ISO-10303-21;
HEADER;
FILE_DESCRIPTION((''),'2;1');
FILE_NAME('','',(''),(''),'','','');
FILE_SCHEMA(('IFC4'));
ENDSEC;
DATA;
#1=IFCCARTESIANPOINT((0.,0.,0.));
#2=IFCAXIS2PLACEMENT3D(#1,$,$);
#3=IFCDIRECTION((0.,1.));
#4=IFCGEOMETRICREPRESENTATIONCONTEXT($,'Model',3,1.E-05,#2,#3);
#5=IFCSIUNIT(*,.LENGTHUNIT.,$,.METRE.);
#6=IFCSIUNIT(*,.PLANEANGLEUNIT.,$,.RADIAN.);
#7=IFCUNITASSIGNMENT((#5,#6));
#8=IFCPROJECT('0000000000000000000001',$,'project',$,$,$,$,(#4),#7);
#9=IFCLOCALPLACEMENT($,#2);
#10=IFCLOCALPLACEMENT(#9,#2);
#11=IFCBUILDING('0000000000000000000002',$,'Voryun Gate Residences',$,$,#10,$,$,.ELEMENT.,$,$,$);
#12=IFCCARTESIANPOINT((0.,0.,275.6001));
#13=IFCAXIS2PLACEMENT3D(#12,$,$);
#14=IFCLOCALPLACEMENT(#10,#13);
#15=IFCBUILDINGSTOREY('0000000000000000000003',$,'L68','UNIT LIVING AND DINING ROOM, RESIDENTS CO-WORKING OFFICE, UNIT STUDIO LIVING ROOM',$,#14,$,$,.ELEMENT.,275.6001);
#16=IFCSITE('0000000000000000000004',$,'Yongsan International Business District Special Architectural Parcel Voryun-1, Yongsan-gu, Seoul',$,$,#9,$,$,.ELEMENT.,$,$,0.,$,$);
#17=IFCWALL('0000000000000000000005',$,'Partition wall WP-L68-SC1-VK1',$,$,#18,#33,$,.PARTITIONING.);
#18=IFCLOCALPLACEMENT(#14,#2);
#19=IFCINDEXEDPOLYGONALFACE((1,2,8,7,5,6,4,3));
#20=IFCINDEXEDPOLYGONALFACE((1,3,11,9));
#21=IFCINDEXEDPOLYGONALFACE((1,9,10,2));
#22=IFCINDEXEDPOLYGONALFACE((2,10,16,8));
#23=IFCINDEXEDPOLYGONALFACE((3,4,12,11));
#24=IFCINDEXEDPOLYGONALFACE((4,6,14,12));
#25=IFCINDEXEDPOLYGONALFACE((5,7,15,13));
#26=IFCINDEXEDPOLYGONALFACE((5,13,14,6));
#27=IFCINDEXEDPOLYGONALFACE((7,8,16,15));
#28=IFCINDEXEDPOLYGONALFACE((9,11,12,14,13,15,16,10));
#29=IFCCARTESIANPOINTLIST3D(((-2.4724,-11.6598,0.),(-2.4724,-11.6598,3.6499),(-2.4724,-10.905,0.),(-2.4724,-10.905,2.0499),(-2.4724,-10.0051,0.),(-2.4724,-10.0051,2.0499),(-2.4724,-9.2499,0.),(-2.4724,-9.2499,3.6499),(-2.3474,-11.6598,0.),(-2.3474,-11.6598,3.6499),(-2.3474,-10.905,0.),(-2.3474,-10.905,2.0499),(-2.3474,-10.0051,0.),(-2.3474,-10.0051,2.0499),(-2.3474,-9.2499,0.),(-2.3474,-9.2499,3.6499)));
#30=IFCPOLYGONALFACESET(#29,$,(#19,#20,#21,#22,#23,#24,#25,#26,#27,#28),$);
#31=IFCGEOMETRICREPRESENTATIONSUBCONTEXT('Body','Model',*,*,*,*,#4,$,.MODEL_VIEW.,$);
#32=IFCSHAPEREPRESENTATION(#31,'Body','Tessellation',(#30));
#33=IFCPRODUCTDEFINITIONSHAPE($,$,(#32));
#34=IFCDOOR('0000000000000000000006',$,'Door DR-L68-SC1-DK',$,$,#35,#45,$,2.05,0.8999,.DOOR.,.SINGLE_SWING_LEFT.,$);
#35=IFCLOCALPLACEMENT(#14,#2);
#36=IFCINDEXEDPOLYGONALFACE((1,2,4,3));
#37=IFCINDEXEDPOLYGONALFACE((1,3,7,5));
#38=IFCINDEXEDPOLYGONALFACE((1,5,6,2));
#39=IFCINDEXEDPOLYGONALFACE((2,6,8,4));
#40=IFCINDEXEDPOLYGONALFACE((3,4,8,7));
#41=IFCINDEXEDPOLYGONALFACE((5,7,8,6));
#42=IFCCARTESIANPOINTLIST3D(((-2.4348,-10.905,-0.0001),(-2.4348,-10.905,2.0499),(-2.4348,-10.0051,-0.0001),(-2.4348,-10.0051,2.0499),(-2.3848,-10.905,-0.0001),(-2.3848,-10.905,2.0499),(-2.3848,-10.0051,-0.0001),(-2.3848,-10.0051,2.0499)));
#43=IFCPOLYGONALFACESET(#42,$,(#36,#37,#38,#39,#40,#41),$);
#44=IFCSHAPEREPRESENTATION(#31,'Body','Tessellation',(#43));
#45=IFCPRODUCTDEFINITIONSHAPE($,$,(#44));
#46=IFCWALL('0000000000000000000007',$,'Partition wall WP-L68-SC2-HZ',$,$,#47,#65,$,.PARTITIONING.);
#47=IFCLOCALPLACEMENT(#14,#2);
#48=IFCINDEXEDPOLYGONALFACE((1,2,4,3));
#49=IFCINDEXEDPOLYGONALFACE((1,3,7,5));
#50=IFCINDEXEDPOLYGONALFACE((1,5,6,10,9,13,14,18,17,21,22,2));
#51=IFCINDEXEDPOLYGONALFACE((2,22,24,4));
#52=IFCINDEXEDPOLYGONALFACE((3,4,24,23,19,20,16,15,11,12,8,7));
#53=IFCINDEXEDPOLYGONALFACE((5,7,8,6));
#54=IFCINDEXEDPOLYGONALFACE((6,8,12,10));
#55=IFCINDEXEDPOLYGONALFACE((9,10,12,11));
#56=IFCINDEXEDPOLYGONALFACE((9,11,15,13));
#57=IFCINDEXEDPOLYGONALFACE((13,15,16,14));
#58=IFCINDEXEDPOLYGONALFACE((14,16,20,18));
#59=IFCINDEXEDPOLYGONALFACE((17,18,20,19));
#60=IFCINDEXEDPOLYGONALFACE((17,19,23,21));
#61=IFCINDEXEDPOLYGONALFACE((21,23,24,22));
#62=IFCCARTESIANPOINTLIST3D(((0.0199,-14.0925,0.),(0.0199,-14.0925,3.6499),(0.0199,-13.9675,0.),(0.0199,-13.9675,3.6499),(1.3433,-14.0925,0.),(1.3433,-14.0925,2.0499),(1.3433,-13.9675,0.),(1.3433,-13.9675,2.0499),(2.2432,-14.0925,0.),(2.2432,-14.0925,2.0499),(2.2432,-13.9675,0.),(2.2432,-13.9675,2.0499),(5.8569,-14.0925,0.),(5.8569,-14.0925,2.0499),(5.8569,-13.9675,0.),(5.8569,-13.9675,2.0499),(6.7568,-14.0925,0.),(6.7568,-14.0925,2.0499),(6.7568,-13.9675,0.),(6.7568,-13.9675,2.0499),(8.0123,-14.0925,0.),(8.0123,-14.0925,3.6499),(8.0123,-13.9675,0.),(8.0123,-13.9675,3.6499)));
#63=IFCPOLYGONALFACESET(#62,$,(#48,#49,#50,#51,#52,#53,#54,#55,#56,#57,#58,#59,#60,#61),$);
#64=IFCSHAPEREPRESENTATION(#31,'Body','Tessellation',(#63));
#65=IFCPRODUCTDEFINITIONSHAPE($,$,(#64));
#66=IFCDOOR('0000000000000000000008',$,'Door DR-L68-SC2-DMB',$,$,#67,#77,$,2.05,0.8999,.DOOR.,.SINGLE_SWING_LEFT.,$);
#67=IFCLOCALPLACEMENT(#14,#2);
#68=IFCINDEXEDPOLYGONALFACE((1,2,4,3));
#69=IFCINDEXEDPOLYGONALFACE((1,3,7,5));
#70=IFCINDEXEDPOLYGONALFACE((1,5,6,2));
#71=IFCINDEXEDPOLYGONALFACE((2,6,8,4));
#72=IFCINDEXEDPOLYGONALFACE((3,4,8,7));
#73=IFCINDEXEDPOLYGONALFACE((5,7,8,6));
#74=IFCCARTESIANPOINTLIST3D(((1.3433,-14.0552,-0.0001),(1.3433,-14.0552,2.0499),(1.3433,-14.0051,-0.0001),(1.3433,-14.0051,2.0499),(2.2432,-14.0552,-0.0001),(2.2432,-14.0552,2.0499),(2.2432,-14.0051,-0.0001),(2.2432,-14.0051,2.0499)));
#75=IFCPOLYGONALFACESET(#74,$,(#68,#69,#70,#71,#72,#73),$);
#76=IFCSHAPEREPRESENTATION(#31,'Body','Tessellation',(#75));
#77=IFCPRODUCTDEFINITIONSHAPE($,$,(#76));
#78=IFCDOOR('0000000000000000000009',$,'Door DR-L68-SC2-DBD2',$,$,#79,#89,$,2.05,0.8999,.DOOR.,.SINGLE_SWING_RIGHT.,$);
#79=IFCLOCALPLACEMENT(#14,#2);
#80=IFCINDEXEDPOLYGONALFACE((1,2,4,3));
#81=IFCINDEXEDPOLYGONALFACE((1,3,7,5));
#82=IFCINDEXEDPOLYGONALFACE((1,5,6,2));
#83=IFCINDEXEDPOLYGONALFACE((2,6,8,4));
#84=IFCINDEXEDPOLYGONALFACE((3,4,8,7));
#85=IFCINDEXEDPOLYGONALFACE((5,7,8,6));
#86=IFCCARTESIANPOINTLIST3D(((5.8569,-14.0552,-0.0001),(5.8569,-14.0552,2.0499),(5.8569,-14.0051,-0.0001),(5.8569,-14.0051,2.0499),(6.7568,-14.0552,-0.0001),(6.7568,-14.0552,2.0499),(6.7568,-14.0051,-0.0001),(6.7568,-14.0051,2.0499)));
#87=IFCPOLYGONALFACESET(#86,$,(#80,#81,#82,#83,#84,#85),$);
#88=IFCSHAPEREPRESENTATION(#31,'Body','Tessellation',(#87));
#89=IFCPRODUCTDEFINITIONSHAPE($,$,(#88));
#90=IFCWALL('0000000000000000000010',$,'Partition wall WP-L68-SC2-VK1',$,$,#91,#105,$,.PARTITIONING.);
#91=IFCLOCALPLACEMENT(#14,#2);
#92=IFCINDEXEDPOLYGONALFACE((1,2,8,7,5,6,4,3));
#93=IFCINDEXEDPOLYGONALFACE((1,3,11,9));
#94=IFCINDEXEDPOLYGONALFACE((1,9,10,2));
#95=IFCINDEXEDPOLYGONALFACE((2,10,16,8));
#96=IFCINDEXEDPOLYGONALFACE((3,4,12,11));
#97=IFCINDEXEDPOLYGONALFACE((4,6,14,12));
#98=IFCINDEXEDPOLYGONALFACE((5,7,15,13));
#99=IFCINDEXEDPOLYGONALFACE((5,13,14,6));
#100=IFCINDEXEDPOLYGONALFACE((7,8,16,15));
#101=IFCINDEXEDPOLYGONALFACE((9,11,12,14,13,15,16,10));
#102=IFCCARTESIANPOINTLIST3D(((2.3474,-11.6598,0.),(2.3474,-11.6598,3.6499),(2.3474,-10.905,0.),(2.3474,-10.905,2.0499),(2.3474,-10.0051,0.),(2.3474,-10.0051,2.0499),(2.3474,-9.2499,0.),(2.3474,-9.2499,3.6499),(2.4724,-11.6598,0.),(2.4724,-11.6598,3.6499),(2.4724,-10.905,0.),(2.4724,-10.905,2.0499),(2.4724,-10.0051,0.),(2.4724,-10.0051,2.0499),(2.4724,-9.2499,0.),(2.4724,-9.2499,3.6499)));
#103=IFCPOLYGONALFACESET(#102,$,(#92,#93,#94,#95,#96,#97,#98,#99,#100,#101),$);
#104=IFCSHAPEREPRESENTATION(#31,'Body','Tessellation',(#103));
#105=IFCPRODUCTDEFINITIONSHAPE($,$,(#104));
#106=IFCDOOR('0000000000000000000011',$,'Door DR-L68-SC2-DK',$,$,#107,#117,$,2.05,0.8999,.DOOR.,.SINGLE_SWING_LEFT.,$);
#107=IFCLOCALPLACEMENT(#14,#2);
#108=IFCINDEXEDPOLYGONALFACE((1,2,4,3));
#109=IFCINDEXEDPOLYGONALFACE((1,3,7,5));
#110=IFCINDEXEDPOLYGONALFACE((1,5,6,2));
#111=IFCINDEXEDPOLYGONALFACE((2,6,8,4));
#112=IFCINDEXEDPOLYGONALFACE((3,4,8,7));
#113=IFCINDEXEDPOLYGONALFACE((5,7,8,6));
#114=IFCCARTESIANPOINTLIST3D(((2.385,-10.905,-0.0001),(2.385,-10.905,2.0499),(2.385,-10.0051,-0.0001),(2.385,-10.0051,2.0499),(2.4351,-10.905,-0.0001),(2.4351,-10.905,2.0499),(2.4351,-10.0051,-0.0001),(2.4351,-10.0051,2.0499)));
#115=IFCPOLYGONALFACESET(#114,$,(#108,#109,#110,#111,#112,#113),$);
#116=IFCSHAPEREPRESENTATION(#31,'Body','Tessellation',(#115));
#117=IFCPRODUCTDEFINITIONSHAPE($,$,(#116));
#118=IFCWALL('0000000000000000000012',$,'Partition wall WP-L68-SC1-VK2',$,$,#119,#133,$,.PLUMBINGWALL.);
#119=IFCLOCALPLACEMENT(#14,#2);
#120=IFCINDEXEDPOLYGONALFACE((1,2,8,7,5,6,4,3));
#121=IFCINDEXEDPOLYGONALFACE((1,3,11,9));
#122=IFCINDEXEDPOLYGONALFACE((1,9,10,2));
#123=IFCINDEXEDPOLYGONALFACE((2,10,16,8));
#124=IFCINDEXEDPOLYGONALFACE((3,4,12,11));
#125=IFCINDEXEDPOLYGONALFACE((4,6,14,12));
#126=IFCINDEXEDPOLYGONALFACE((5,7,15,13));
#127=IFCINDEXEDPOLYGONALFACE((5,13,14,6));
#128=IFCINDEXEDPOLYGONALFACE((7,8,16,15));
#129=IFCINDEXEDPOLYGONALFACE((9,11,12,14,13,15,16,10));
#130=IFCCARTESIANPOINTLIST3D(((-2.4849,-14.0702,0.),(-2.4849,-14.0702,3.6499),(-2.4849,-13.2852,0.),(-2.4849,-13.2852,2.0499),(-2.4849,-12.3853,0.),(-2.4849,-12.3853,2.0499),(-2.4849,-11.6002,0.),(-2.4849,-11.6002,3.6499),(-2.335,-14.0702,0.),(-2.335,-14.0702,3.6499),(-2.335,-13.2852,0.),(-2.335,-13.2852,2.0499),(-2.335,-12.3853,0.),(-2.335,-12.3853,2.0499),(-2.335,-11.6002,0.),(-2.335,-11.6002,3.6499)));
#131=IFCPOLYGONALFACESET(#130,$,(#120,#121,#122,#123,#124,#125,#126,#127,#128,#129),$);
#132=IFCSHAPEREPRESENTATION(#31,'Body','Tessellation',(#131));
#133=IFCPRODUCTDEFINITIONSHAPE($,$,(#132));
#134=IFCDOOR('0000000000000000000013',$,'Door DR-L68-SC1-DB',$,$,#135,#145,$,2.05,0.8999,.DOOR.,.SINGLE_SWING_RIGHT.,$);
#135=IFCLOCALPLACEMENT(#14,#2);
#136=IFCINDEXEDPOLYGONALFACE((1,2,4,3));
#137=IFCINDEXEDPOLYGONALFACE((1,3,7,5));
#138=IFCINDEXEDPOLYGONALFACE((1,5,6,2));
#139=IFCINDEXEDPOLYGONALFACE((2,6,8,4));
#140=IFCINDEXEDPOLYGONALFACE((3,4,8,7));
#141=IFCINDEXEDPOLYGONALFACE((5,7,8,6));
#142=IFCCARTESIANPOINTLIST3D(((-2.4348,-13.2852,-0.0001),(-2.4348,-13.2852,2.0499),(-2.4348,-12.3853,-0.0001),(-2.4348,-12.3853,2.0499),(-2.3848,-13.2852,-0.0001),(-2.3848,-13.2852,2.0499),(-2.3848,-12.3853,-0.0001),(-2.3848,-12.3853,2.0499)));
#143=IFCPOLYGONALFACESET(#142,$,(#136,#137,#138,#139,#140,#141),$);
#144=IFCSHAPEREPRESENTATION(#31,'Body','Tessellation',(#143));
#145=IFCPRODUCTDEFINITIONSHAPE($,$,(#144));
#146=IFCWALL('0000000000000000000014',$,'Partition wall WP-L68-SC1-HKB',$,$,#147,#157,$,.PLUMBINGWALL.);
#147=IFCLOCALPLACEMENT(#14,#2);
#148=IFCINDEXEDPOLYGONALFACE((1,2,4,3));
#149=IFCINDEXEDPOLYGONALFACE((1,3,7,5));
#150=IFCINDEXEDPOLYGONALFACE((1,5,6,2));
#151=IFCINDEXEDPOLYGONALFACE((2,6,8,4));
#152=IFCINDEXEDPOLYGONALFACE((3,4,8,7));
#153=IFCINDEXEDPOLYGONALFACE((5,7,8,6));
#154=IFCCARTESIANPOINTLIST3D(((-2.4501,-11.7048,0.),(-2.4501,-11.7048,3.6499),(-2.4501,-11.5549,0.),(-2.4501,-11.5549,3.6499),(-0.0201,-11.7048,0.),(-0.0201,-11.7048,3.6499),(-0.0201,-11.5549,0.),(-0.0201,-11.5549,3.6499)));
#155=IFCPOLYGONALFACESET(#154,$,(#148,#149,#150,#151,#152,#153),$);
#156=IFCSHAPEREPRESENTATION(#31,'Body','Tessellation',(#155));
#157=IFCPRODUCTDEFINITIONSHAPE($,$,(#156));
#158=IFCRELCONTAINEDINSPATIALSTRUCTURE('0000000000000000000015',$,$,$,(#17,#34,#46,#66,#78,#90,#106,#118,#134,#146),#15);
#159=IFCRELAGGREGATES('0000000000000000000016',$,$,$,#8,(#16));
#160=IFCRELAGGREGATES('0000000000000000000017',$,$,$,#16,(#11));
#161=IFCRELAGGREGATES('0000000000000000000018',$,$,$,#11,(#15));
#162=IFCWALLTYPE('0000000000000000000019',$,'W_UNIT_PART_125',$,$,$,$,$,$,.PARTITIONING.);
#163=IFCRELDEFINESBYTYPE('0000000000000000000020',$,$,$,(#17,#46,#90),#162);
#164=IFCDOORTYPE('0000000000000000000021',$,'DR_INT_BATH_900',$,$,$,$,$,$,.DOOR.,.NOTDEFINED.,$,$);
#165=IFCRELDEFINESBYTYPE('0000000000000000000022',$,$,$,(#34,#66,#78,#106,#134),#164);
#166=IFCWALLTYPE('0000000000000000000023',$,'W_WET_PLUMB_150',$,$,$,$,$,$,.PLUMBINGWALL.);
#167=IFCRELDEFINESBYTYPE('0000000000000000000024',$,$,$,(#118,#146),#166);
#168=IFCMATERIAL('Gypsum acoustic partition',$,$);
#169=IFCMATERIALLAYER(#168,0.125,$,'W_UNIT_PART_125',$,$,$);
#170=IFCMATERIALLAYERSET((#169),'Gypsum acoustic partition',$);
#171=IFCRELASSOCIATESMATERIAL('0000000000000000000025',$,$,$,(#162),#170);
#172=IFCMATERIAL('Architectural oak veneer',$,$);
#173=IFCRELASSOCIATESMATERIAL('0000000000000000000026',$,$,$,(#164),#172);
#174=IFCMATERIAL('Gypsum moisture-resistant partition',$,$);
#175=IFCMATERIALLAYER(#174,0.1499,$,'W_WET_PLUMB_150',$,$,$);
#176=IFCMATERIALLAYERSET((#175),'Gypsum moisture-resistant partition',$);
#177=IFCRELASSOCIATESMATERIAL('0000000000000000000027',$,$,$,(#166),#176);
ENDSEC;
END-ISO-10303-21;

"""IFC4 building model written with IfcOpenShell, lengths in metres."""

from ifc_helpers import new_model, si_unit, direction, frame, frame_2d, origin, place, context, subcontext, project, spatial, rectangle, extrude, material, layer, layer_set, type_object, element, fill, save


model = new_model("IFC4")

# Units and contexts
model_context = context("Model", 3, precision=1e-05, world=origin(), true_north=direction((0.0, 1.0)))
body_context = subcontext(model_context, "Body", "Model", "MODEL_VIEW")
ifc_project = project(units=[si_unit("LENGTHUNIT", "METRE"), si_unit("PLANEANGLEUNIT", "RADIAN")], contexts=[model_context])

# Site, building, storey
site_placement = place(None, origin())
site = spatial("IfcSite", under=ifc_project, at=site_placement, Name="Yongsan International Business District Special Architectural Parcel Voryun-1, Yongsan-gu, Seoul", CompositionType="ELEMENT", RefElevation=0.0)
building_placement = place(site_placement, origin())
building = spatial("IfcBuilding", under=site, at=building_placement, Name="Voryun Gate Residences", CompositionType="ELEMENT")
storey_placement = place(building_placement, frame((0.0, 0.0, 275.6001)))
storey = spatial("IfcBuildingStorey", under=building, at=storey_placement, Name="L68", Description="UNIT LIVING AND DINING ROOM, RESIDENTS CO-WORKING OFFICE, UNIT STUDIO LIVING ROOM", CompositionType="ELEMENT", Elevation=275.6001)

# Wall, opening, door
ifc_material_1 = material(Name="Gypsum acoustic partition")
ifc_layer_1 = layer(ifc_material_1, 0.125, Name="W_UNIT_PART_125")
ifc_layer_set_1 = layer_set([ifc_layer_1], Name="Gypsum acoustic partition")
wall_type_1 = type_object("IfcWallType", Name="W_UNIT_PART_125", PredefinedType="PARTITIONING", material=ifc_layer_set_1)
wall_1_placement = place(storey_placement, frame((-2.4099, -11.6599, 0.0), z_axis=(0.0, 0.0, 1.0), x_axis=(0.0, 1.0, 0.0)))
wall_1 = element("IfcWall", 1, at=wall_1_placement, inside=storey, type_object=wall_type_1, Name="Partition wall WP-L68-SC1-VK1", PredefinedType="PARTITIONING", context=body_context, shape_type="SweptSolid", body=[
    extrude(rectangle(XDim=2.4099, YDim=0.125, at=frame_2d((1.2051, 0.0))), origin(), (0.0, 0.0, 1.0), 3.6499),
])
opening_1_placement = place(wall_1_placement, frame((0.7549, 0.0, 0.0)))
opening_1 = element("IfcOpeningElement", 2, at=opening_1_placement, cuts=wall_1, PredefinedType="OPENING", context=body_context, shape_type="SweptSolid", body=[
    extrude(rectangle(XDim=0.8999, YDim=2.05, at=frame_2d((0.45, 1.0249))), frame((0.0, 0.0725, 0.0), z_axis=(0.0, -1.0, 0.0), x_axis=(1.0, 0.0, 0.0)), (0.0, 0.0, 1.0), 0.145),
])
ifc_material_2 = material(Name="Architectural oak veneer")
door_type_1 = type_object("IfcDoorType", Name="DR_INT_BATH_900", OperationType="NOTDEFINED", PredefinedType="DOOR", material=ifc_material_2)
door_1_placement = place(opening_1_placement, origin())
door_1 = element("IfcDoor", 3, at=door_1_placement, inside=storey, type_object=door_type_1, Name="Door DR-L68-SC1-DK", OperationType="SINGLE_SWING_LEFT", OverallHeight=2.05, OverallWidth=0.8999, PredefinedType="DOOR", context=body_context, shape_type="SweptSolid", body=[
    extrude(rectangle(XDim=0.8999, YDim=2.05, at=frame_2d((0.45, 1.0249))), frame((0.0, 0.0249, 0.0), z_axis=(0.0, -1.0, 0.0), x_axis=(1.0, 0.0, 0.0)), (0.0, 0.0, 1.0), 0.05),
])
fill(opening_1, door_1)

# Wall, openings, doors
wall_2_placement = place(storey_placement, frame((0.02, -14.03, 0.0), z_axis=(0.0, 0.0, 1.0), x_axis=(1.0, 0.0, 0.0)))
wall_2 = element("IfcWall", 4, at=wall_2_placement, inside=storey, type_object=wall_type_1, Name="Partition wall WP-L68-SC2-HZ", PredefinedType="PARTITIONING", context=body_context, shape_type="SweptSolid", body=[
    extrude(rectangle(XDim=7.9924, YDim=0.125, at=frame_2d((3.9961, 0.0))), origin(), (0.0, 0.0, 1.0), 3.6499),
])
opening_2_placement = place(wall_2_placement, frame((1.3232, 0.0, 0.0)))
opening_2 = element("IfcOpeningElement", 5, at=opening_2_placement, cuts=wall_2, PredefinedType="OPENING", context=body_context, shape_type="SweptSolid", body=[
    extrude(rectangle(XDim=0.8999, YDim=2.05, at=frame_2d((0.45, 1.0249))), frame((0.0, 0.0725, 0.0), z_axis=(0.0, -1.0, 0.0), x_axis=(1.0, 0.0, 0.0)), (0.0, 0.0, 1.0), 0.145),
])
opening_3_placement = place(wall_2_placement, frame((5.8369, 0.0, 0.0)))
opening_3 = element("IfcOpeningElement", 6, at=opening_3_placement, cuts=wall_2, PredefinedType="OPENING", context=body_context, shape_type="SweptSolid", body=[
    extrude(rectangle(XDim=0.8999, YDim=2.05, at=frame_2d((0.45, 1.0249))), frame((0.0, 0.0725, 0.0), z_axis=(0.0, -1.0, 0.0), x_axis=(1.0, 0.0, 0.0)), (0.0, 0.0, 1.0), 0.145),
])
door_2_placement = place(opening_2_placement, origin())
door_2 = element("IfcDoor", 7, at=door_2_placement, inside=storey, type_object=door_type_1, Name="Door DR-L68-SC2-DMB", OperationType="SINGLE_SWING_LEFT", OverallHeight=2.05, OverallWidth=0.8999, PredefinedType="DOOR", context=body_context, shape_type="SweptSolid", body=[
    extrude(rectangle(XDim=0.8999, YDim=2.05, at=frame_2d((0.45, 1.0249))), frame((0.0, 0.0249, 0.0), z_axis=(0.0, -1.0, 0.0), x_axis=(1.0, 0.0, 0.0)), (0.0, 0.0, 1.0), 0.05),
])
fill(opening_2, door_2)
door_3_placement = place(opening_3_placement, origin())
door_3 = element("IfcDoor", 8, at=door_3_placement, inside=storey, type_object=door_type_1, Name="Door DR-L68-SC2-DBD2", OperationType="SINGLE_SWING_RIGHT", OverallHeight=2.05, OverallWidth=0.8999, PredefinedType="DOOR", context=body_context, shape_type="SweptSolid", body=[
    extrude(rectangle(XDim=0.8999, YDim=2.05, at=frame_2d((0.45, 1.0249))), frame((0.0, 0.0249, 0.0), z_axis=(0.0, -1.0, 0.0), x_axis=(1.0, 0.0, 0.0)), (0.0, 0.0, 1.0), 0.05),
])
fill(opening_3, door_3)

# Walls, openings, doors
wall_3_placement = place(storey_placement, frame((2.4099, -11.6599, 0.0), z_axis=(0.0, 0.0, 1.0), x_axis=(0.0, 1.0, 0.0)))
wall_3 = element("IfcWall", 9, at=wall_3_placement, inside=storey, type_object=wall_type_1, Name="Partition wall WP-L68-SC2-VK1", PredefinedType="PARTITIONING", context=body_context, shape_type="SweptSolid", body=[
    extrude(rectangle(XDim=2.4099, YDim=0.125, at=frame_2d((1.2051, 0.0))), origin(), (0.0, 0.0, 1.0), 3.6499),
])
opening_4_placement = place(wall_3_placement, frame((0.7549, 0.0, 0.0)))
opening_4 = element("IfcOpeningElement", 10, at=opening_4_placement, cuts=wall_3, PredefinedType="OPENING", context=body_context, shape_type="SweptSolid", body=[
    extrude(rectangle(XDim=0.8999, YDim=2.05, at=frame_2d((0.45, 1.0249))), frame((0.0, 0.0725, 0.0), z_axis=(0.0, -1.0, 0.0), x_axis=(1.0, 0.0, 0.0)), (0.0, 0.0, 1.0), 0.145),
])
door_4_placement = place(opening_4_placement, origin())
door_4 = element("IfcDoor", 11, at=door_4_placement, inside=storey, type_object=door_type_1, Name="Door DR-L68-SC2-DK", OperationType="SINGLE_SWING_LEFT", OverallHeight=2.05, OverallWidth=0.8999, PredefinedType="DOOR", context=body_context, shape_type="SweptSolid", body=[
    extrude(rectangle(XDim=0.8999, YDim=2.05, at=frame_2d((0.45, 1.0249))), frame((0.0, 0.0249, 0.0), z_axis=(0.0, -1.0, 0.0), x_axis=(1.0, 0.0, 0.0)), (0.0, 0.0, 1.0), 0.05),
])
fill(opening_4, door_4)
ifc_material_3 = material(Name="Gypsum moisture-resistant partition")
ifc_layer_2 = layer(ifc_material_3, 0.1499, Name="W_WET_PLUMB_150")
ifc_layer_set_2 = layer_set([ifc_layer_2], Name="Gypsum moisture-resistant partition")
wall_type_2 = type_object("IfcWallType", Name="W_WET_PLUMB_150", PredefinedType="PLUMBINGWALL", material=ifc_layer_set_2)
wall_4_placement = place(storey_placement, frame((-2.4099, -14.0701, 0.0), z_axis=(0.0, 0.0, 1.0), x_axis=(0.0, 1.0, 0.0)))
wall_4 = element("IfcWall", 12, at=wall_4_placement, inside=storey, type_object=wall_type_2, Name="Partition wall WP-L68-SC1-VK2", PredefinedType="PLUMBINGWALL", context=body_context, shape_type="SweptSolid", body=[
    extrude(rectangle(XDim=2.47, YDim=0.1499, at=frame_2d((1.2349, 0.0))), origin(), (0.0, 0.0, 1.0), 3.6499),
])
opening_5_placement = place(wall_4_placement, frame((0.7849, 0.0, 0.0)))
opening_5 = element("IfcOpeningElement", 13, at=opening_5_placement, cuts=wall_4, PredefinedType="OPENING", context=body_context, shape_type="SweptSolid", body=[
    extrude(rectangle(XDim=0.8999, YDim=2.05, at=frame_2d((0.45, 1.0249))), frame((0.0, 0.085, 0.0), z_axis=(0.0, -1.0, 0.0), x_axis=(1.0, 0.0, 0.0)), (0.0, 0.0, 1.0), 0.1699),
])
door_5_placement = place(opening_5_placement, origin())
door_5 = element("IfcDoor", 14, at=door_5_placement, inside=storey, type_object=door_type_1, Name="Door DR-L68-SC1-DB", OperationType="SINGLE_SWING_RIGHT", OverallHeight=2.05, OverallWidth=0.8999, PredefinedType="DOOR", context=body_context, shape_type="SweptSolid", body=[
    extrude(rectangle(XDim=0.8999, YDim=2.05, at=frame_2d((0.45, 1.0249))), frame((0.0, 0.0249, 0.0), z_axis=(0.0, -1.0, 0.0), x_axis=(1.0, 0.0, 0.0)), (0.0, 0.0, 1.0), 0.05),
])
fill(opening_5, door_5)

# Wall
wall_5_placement = place(storey_placement, frame((-2.45, -11.6299, 0.0), z_axis=(0.0, 0.0, 1.0), x_axis=(1.0, 0.0, 0.0)))
element("IfcWall", 15, at=wall_5_placement, inside=storey, type_object=wall_type_2, Name="Partition wall WP-L68-SC1-HKB", PredefinedType="PLUMBINGWALL", context=body_context, shape_type="SweptSolid", body=[
    extrude(rectangle(XDim=2.4299, YDim=0.1499, at=frame_2d((1.2148, 0.0))), origin(), (0.0, 0.0, 1.0), 3.6499),
])

save(model, "model.ifc")
